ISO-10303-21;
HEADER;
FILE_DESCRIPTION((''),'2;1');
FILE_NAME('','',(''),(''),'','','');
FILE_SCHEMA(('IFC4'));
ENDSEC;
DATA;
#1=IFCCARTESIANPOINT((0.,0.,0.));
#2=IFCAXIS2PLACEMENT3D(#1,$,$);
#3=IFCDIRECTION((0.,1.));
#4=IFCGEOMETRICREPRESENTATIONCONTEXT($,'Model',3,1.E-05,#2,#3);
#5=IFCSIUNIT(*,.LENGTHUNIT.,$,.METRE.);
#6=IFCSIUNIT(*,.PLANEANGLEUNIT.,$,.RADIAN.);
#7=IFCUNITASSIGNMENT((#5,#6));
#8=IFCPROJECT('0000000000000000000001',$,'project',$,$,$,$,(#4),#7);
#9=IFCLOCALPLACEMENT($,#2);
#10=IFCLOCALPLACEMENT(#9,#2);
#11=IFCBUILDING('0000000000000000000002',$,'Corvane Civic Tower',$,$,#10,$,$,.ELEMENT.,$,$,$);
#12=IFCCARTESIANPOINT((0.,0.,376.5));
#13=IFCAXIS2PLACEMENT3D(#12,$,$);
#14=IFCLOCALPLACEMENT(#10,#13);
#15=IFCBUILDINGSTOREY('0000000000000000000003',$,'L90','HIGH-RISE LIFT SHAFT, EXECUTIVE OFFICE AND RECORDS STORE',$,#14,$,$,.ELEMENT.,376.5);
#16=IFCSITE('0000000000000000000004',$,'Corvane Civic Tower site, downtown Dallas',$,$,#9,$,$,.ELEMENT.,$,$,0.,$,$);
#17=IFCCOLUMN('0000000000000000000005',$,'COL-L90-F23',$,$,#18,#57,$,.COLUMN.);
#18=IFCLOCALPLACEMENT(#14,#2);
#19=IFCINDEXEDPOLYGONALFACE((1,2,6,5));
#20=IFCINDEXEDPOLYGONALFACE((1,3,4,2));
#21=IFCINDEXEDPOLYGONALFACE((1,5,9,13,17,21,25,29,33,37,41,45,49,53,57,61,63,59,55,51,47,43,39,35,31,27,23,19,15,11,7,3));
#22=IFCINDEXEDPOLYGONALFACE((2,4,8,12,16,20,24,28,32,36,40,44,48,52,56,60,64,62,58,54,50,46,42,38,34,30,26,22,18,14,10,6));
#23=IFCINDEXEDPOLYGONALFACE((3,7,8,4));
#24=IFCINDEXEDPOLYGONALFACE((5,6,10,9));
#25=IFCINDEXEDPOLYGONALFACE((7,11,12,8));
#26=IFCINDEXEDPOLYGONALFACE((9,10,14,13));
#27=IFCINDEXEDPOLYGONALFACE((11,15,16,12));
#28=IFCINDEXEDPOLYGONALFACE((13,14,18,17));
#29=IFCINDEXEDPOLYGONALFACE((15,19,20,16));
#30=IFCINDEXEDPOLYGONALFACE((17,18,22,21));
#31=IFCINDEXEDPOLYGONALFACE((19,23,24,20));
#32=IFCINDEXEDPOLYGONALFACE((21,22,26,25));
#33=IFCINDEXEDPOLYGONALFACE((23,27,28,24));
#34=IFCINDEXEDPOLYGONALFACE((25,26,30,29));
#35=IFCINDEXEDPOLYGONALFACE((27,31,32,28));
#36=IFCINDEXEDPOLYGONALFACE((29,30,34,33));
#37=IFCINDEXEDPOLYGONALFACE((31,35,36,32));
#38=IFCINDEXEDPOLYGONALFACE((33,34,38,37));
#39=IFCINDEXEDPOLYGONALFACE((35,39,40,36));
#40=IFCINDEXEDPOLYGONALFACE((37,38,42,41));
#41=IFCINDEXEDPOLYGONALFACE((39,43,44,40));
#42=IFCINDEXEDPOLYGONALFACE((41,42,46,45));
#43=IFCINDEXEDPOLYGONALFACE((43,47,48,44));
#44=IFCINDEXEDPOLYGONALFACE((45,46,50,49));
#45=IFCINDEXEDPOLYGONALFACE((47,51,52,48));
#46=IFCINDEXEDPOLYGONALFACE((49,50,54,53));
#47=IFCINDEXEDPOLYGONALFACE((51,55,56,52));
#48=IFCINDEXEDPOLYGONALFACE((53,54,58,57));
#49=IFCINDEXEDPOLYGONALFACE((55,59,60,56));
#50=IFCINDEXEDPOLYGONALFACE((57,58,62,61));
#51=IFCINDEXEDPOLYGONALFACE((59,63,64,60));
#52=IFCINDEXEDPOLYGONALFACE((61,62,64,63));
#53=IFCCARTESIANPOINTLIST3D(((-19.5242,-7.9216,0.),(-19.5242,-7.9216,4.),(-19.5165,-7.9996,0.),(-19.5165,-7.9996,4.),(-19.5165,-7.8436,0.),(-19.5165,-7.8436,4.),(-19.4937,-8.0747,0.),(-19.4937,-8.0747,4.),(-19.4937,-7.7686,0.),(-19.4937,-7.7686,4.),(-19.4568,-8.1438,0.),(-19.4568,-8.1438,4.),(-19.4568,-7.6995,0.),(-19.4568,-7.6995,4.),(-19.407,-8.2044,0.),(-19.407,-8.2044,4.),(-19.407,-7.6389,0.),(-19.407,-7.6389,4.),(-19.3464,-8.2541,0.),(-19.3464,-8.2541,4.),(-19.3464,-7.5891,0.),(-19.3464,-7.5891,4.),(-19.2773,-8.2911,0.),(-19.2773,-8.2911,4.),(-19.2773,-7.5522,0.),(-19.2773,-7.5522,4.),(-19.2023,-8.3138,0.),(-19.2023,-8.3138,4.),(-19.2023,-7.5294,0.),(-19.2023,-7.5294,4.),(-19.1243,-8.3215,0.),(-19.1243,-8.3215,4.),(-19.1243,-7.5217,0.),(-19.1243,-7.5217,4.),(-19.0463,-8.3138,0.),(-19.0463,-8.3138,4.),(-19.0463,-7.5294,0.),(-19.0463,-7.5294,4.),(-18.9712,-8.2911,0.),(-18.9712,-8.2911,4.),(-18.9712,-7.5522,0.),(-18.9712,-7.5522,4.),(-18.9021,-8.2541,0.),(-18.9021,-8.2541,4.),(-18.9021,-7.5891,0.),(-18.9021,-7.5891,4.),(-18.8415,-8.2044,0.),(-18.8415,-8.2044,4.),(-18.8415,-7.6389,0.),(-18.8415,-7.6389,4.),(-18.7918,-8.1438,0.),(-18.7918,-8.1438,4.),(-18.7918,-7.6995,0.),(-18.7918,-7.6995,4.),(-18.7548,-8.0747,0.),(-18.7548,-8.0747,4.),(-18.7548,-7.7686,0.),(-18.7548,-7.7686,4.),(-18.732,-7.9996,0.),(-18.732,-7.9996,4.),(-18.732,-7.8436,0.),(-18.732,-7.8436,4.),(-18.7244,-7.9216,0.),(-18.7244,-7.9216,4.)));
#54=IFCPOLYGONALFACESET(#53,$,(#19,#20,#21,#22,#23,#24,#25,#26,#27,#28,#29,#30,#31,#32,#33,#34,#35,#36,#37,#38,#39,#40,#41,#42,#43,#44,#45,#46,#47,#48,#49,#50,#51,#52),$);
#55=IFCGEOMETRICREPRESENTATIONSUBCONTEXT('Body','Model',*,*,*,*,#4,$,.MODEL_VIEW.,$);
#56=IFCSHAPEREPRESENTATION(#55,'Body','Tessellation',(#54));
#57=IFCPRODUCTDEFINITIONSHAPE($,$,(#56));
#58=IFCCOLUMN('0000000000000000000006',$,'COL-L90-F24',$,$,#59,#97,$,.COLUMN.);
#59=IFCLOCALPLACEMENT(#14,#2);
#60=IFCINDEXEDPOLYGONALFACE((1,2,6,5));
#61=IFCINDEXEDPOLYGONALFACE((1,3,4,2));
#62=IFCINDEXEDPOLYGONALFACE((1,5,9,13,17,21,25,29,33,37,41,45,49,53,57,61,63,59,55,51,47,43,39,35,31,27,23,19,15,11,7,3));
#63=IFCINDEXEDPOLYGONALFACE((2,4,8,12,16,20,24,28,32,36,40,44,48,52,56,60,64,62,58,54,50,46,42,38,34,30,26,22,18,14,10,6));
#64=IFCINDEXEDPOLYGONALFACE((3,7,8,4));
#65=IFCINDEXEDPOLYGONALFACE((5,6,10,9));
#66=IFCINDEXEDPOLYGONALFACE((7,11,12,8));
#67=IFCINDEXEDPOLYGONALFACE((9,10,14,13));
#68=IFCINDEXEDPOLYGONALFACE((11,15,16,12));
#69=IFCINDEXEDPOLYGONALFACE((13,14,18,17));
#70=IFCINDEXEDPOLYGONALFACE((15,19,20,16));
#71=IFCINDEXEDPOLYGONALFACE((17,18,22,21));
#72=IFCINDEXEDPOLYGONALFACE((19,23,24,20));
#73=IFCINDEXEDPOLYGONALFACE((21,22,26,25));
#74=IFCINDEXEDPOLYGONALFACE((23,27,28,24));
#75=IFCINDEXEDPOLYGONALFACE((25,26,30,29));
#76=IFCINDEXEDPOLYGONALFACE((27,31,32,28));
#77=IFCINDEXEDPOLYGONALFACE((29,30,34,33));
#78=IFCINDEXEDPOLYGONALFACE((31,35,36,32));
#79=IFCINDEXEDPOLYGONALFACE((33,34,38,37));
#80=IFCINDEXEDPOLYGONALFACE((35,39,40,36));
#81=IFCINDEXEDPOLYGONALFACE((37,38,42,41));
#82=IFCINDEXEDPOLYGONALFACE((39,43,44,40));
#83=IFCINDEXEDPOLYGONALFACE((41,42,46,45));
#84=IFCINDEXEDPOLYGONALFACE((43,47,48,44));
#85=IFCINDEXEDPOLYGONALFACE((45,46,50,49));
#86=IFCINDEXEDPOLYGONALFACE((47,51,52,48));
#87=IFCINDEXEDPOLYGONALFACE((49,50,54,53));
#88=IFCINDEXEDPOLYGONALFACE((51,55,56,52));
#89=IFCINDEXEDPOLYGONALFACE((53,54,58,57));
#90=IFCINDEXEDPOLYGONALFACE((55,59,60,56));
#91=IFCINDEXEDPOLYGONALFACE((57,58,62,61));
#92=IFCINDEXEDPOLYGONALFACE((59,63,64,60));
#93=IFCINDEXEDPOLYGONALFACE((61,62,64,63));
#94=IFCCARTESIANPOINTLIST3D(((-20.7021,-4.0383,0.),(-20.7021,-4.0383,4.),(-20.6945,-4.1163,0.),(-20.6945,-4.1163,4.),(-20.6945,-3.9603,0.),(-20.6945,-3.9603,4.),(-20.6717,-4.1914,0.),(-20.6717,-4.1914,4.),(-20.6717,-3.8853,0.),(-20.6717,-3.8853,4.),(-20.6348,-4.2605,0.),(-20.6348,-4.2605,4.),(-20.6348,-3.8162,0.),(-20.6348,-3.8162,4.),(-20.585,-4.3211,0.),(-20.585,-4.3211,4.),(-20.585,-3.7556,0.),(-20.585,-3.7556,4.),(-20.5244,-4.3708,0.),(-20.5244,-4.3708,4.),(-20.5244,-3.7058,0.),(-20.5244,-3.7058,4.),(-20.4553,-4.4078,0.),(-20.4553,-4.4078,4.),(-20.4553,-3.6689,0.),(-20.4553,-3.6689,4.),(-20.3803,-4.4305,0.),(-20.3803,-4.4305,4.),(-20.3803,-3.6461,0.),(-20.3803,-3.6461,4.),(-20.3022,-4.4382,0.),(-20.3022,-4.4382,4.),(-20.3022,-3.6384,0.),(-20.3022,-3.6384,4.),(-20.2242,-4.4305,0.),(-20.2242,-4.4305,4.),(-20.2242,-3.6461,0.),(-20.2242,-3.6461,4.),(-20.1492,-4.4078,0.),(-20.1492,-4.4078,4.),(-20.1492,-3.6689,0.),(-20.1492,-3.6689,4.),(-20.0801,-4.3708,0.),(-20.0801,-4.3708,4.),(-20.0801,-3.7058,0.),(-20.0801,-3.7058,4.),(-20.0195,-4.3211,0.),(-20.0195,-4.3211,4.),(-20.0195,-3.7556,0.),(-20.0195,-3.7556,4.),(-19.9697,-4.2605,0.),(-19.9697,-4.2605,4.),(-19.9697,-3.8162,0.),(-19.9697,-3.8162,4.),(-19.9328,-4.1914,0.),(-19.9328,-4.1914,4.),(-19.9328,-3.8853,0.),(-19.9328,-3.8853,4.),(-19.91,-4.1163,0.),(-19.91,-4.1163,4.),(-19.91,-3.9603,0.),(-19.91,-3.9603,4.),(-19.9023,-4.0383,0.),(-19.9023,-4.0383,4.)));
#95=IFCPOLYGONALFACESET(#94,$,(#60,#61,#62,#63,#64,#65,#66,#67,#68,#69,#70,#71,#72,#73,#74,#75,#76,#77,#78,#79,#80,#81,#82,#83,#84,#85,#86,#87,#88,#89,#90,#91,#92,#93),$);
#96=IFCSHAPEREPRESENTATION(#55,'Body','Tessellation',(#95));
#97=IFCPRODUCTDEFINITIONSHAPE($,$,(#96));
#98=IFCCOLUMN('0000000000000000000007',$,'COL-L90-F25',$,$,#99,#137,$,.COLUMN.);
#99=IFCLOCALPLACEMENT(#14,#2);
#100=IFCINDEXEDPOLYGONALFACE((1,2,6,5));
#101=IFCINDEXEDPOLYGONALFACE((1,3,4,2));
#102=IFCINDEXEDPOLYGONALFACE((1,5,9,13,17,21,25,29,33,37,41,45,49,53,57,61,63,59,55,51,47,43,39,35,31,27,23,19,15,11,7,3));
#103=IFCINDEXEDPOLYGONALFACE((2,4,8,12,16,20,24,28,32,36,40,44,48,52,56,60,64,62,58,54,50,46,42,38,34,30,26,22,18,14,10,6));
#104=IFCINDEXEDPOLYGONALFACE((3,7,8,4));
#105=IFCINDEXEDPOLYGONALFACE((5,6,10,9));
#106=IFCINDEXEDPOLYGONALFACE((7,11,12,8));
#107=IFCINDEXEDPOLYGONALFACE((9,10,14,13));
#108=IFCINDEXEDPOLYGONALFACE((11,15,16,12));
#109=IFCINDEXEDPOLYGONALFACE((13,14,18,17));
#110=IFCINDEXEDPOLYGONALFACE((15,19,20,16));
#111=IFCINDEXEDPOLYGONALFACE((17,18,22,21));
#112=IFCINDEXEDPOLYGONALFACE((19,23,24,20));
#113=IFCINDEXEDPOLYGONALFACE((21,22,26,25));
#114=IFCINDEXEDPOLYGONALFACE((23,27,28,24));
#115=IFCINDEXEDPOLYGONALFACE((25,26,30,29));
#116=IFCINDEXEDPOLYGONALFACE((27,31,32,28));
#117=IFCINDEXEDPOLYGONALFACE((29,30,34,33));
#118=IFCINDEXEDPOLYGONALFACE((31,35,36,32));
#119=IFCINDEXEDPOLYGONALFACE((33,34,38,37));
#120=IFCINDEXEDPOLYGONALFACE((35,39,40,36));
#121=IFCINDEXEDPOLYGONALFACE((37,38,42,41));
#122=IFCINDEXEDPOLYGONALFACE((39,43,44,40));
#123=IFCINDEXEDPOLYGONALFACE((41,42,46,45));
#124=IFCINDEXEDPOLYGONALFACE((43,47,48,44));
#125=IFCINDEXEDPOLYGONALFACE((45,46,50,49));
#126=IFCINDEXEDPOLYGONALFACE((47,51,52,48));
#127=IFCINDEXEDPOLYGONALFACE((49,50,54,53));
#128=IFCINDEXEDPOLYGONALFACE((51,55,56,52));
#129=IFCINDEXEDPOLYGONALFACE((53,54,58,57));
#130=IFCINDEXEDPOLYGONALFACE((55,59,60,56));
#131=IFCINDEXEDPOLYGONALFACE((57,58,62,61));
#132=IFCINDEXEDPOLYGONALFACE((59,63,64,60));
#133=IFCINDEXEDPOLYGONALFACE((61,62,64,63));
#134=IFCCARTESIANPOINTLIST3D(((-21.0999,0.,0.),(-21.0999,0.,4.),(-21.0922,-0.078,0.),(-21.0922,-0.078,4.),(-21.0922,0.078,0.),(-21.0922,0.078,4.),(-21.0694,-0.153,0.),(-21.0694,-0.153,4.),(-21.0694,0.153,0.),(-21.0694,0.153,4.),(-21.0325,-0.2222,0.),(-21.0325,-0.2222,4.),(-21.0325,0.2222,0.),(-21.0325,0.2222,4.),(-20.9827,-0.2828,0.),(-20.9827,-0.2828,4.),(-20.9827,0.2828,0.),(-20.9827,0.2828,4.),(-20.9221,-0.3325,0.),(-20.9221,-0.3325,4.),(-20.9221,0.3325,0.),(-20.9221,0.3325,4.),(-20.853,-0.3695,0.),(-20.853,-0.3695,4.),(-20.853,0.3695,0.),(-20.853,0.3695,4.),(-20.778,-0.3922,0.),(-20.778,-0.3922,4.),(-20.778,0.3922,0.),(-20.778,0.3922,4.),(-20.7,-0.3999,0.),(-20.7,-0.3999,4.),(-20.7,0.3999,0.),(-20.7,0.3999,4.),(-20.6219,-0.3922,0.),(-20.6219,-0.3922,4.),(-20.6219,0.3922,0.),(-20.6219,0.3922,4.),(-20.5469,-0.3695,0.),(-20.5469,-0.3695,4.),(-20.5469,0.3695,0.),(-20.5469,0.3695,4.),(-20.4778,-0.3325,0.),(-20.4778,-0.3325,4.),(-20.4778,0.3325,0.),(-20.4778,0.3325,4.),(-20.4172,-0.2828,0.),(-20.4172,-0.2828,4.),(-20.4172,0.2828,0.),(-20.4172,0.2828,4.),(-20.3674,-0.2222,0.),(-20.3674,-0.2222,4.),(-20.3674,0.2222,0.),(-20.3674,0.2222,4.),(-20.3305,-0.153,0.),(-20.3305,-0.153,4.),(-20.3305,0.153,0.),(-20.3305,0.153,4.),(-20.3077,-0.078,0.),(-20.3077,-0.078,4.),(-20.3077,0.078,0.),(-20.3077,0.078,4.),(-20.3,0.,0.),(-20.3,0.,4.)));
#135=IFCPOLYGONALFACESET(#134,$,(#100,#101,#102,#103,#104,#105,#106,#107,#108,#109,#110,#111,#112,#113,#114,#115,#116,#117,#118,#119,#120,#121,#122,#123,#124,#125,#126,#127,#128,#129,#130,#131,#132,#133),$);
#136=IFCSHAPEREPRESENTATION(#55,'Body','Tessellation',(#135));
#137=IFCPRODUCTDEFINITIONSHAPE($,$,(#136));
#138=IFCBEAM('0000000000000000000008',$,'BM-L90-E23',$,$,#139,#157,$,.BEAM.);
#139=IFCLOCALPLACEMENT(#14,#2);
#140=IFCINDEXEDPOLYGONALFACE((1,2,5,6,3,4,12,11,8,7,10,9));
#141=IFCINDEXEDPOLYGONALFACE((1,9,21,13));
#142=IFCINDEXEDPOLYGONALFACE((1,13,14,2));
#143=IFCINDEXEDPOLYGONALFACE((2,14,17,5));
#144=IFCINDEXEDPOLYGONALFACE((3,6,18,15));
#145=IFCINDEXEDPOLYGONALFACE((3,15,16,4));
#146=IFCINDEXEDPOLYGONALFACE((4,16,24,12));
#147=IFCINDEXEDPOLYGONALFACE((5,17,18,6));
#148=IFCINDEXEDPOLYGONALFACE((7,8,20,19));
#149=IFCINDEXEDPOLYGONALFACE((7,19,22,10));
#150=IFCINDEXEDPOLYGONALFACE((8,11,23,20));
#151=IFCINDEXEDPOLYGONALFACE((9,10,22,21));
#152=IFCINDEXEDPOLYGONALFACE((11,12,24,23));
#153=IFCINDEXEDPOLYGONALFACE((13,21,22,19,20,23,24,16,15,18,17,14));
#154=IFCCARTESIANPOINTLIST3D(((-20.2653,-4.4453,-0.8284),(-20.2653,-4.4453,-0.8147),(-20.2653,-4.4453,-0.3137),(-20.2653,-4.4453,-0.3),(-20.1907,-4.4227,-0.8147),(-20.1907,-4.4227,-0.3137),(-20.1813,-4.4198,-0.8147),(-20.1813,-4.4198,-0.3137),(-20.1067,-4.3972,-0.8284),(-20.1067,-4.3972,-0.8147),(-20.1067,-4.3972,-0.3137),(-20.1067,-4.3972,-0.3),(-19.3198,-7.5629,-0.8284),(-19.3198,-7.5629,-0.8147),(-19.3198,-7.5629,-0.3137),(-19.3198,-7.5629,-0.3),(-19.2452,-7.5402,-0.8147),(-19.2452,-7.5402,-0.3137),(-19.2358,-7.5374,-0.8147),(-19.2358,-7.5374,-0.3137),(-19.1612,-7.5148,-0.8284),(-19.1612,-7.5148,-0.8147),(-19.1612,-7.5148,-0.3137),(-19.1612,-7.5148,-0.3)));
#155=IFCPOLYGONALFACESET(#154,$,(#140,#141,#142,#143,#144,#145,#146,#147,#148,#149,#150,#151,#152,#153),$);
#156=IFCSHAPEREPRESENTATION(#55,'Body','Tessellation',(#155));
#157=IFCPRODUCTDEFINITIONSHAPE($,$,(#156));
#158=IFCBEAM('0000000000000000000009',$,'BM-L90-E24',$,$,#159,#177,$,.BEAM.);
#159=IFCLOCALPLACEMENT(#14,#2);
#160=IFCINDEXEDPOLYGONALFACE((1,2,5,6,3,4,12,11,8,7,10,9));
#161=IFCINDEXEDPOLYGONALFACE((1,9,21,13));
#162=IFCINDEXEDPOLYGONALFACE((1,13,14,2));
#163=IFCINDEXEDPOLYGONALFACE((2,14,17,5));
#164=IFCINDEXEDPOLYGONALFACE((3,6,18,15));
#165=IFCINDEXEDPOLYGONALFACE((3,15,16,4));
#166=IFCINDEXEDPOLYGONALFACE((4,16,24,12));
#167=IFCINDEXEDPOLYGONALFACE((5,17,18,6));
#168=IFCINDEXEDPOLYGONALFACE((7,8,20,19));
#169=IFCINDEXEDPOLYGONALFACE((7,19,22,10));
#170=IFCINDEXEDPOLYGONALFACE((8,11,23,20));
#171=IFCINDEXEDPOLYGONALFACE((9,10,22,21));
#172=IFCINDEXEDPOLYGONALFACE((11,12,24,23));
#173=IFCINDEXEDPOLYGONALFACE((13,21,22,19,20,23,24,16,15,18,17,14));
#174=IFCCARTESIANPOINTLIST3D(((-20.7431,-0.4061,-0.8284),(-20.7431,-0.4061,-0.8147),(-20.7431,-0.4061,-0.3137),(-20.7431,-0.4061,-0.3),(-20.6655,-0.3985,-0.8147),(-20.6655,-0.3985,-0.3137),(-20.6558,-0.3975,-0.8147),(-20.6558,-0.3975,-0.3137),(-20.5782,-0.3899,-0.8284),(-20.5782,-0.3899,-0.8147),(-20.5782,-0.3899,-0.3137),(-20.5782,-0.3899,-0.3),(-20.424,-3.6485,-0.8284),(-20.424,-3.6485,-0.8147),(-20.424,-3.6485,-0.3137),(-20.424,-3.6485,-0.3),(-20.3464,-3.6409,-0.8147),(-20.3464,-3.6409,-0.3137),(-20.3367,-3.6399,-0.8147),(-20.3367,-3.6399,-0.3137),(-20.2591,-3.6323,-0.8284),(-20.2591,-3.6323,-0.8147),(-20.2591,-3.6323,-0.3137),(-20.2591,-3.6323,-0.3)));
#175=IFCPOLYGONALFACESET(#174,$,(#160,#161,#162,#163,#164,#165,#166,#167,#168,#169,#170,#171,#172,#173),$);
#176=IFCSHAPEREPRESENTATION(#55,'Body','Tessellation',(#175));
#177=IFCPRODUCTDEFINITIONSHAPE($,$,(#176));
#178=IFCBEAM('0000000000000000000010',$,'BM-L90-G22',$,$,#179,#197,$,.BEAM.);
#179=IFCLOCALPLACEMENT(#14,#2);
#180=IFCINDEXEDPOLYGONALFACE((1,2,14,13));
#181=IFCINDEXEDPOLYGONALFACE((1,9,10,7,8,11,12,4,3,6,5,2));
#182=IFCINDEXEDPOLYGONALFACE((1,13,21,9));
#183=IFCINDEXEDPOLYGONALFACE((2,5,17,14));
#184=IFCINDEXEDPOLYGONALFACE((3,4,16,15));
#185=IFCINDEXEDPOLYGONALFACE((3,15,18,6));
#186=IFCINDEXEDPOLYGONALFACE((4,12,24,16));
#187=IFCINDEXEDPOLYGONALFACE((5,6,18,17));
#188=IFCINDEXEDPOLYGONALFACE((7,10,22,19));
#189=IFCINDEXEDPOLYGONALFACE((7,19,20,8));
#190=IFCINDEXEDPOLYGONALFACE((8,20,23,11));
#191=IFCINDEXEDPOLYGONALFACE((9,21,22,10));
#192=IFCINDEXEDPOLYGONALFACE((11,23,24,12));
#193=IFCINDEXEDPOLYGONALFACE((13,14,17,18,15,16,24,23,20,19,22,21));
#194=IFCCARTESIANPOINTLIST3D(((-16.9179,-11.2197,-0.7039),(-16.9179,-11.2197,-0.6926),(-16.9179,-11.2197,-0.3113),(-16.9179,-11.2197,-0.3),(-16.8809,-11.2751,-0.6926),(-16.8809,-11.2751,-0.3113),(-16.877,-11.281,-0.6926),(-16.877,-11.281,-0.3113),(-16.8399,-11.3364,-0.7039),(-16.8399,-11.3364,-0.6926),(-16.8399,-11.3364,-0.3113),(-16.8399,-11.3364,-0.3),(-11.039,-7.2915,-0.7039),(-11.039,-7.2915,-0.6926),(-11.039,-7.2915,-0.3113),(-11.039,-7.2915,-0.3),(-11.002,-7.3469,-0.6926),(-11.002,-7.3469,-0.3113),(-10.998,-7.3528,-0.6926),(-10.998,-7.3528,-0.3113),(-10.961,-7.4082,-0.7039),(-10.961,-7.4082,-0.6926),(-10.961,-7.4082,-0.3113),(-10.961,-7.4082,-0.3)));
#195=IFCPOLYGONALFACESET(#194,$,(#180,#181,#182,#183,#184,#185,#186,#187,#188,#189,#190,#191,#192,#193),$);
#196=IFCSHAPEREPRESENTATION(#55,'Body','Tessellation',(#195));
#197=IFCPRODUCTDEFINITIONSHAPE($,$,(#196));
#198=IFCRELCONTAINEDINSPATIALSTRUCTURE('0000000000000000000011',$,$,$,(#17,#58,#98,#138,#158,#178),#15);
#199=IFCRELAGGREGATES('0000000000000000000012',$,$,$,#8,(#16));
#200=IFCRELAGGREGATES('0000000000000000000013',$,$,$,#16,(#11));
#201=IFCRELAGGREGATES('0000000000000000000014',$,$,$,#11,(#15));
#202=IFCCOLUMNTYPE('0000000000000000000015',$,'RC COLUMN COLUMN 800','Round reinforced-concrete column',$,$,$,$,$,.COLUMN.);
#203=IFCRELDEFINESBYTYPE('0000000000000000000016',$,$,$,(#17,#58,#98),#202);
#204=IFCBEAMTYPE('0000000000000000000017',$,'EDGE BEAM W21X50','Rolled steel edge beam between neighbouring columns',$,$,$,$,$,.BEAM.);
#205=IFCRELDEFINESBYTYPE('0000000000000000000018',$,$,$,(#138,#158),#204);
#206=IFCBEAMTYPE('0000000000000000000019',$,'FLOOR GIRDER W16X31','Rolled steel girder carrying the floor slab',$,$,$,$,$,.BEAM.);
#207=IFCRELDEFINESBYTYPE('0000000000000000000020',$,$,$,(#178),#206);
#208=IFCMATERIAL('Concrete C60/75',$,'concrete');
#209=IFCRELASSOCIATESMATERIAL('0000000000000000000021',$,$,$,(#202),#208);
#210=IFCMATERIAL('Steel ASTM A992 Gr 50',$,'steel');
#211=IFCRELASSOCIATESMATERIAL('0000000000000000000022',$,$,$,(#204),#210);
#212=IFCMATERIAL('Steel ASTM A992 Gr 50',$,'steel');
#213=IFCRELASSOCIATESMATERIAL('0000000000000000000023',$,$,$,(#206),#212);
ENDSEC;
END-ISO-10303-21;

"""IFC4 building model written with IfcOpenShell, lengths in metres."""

from ifc_helpers import new_model, si_unit, direction, frame, origin, origin_2d, place, context, subcontext, project, spatial, circle, i_section, extrude, material, material_profile, profile_set, type_object, element, save


model = new_model("IFC4")

# Units and contexts
model_context = context("Model", 3, precision=1e-05, world=origin(), true_north=direction((0.0, 1.0)))
body_context = subcontext(model_context, "Body", "Model", "MODEL_VIEW")
ifc_project = project(units=[si_unit("LENGTHUNIT", "METRE"), si_unit("PLANEANGLEUNIT", "RADIAN")], contexts=[model_context])

# Site, building, storey
site_placement = place(None, origin())
site = spatial("IfcSite", under=ifc_project, at=site_placement, Name="Corvane Civic Tower site, downtown Dallas", CompositionType="ELEMENT", RefElevation=0.0)
building_placement = place(site_placement, origin())
building = spatial("IfcBuilding", under=site, at=building_placement, Name="Corvane Civic Tower", CompositionType="ELEMENT")
storey_placement = place(building_placement, frame((0.0, 0.0, 376.5)))
storey = spatial("IfcBuildingStorey", under=building, at=storey_placement, Name="L90", Description="HIGH-RISE LIFT SHAFT, EXECUTIVE OFFICE AND RECORDS STORE", CompositionType="ELEMENT", Elevation=376.5)

# Columns
ifc_material_1 = material(Name="Concrete C60/75", Category="concrete")
ifc_material_profile_1 = material_profile(ifc_material_1, circle(Radius=0.3999, at=origin_2d()), Name="COLUMN 800")
ifc_profile_set_1 = profile_set([ifc_material_profile_1], Name="Concrete C60/75")
column_type = type_object("IfcColumnType", Name="RC COLUMN COLUMN 800", Description="Round reinforced-concrete column", PredefinedType="COLUMN", material=ifc_profile_set_1)
for number, where, z_axis, x_axis, name in (
    (1, (-19.1243, -7.9216, 0.0), (0.0, 0.0, 1.0), (1.0, 0.0, 0.0), "COL-L90-F23"),
    (2, (-20.3022, -4.0383, 0.0), (0.0, 0.0, 1.0), (1.0, 0.0, 0.0), "COL-L90-F24"),
    (3, (-20.7, 0.0, 0.0), (0.0, 0.0, 1.0), (1.0, 0.0, 0.0), "COL-L90-F25"),
):
    element("IfcColumn", number, at=place(storey_placement, frame(where, z_axis=z_axis, x_axis=x_axis)), inside=storey, type_object=column_type, Name=name, PredefinedType="COLUMN", context=body_context, shape_type="SweptSolid", body=[
        extrude(circle(Radius=0.3999, at=origin_2d()), origin(), (0.0, 0.0, 1.0), 4.0),
    ])

# Beams
ifc_material_2 = material(Name="Steel ASTM A992 Gr 50", Category="steel")
ifc_material_profile_2 = material_profile(ifc_material_2, i_section(OverallWidth=0.1658, OverallDepth=0.5283, WebThickness=0.0098, FlangeThickness=0.0137, at=origin_2d()), Name="W21X50")
ifc_profile_set_2 = profile_set([ifc_material_profile_2], Name="Steel ASTM A992 Gr 50")
beam_type_1 = type_object("IfcBeamType", Name="EDGE BEAM W21X50", Description="Rolled steel edge beam between neighbouring columns", PredefinedType="BEAM", material=ifc_profile_set_2)
beam_1_placement = place(storey_placement, frame((-19.2405, -7.5388, -0.5642), z_axis=(-0.290234, 0.956956, 0.0), x_axis=(-0.956956, -0.290234, 0.0)))
element("IfcBeam", 4, at=beam_1_placement, inside=storey, type_object=beam_type_1, Name="BM-L90-E23", PredefinedType="BEAM", context=body_context, shape_type="SweptSolid", body=[
    extrude(i_section(OverallWidth=0.1658, OverallDepth=0.5283, WebThickness=0.0098, FlangeThickness=0.0137, at=origin_2d()), origin(), (0.0, 0.0, 1.0), 3.2578),
])
beam_2_placement = place(storey_placement, frame((-20.3416, -3.6404, -0.5642), z_axis=(-0.097938, 0.995193, 0.0), x_axis=(-0.995193, -0.097938, 0.0)))
element("IfcBeam", 5, at=beam_2_placement, inside=storey, type_object=beam_type_1, Name="BM-L90-E24", PredefinedType="BEAM", context=body_context, shape_type="SweptSolid", body=[
    extrude(i_section(OverallWidth=0.1658, OverallDepth=0.5283, WebThickness=0.0098, FlangeThickness=0.0137, at=origin_2d()), origin(), (0.0, 0.0, 1.0), 3.2581),
])
ifc_material_3 = material(Name="Steel ASTM A992 Gr 50", Category="steel")
ifc_material_profile_3 = material_profile(ifc_material_3, i_section(OverallWidth=0.1404, OverallDepth=0.4038, WebThickness=0.0071, FlangeThickness=0.0112, at=origin_2d()), Name="W16X31")
ifc_profile_set_3 = profile_set([ifc_material_profile_3], Name="Steel ASTM A992 Gr 50")
beam_type_2 = type_object("IfcBeamType", Name="FLOOR GIRDER W16X31", Description="Rolled steel girder carrying the floor slab", PredefinedType="BEAM", material=ifc_profile_set_3)
beam_3_placement = place(storey_placement, frame((-11.0, -7.3499, -0.502), z_axis=(-0.831465, -0.555576, 0.0), x_axis=(0.555576, -0.831465, 0.0)))
element("IfcBeam", 6, at=beam_3_placement, inside=storey, type_object=beam_type_2, Name="BM-L90-G22", PredefinedType="BEAM", context=body_context, shape_type="SweptSolid", body=[
    extrude(i_section(OverallWidth=0.1404, OverallDepth=0.4038, WebThickness=0.0071, FlangeThickness=0.0112, at=origin_2d()), origin(), (0.0, 0.0, 1.0), 7.0706),
])

save(model, "model.ifc")
